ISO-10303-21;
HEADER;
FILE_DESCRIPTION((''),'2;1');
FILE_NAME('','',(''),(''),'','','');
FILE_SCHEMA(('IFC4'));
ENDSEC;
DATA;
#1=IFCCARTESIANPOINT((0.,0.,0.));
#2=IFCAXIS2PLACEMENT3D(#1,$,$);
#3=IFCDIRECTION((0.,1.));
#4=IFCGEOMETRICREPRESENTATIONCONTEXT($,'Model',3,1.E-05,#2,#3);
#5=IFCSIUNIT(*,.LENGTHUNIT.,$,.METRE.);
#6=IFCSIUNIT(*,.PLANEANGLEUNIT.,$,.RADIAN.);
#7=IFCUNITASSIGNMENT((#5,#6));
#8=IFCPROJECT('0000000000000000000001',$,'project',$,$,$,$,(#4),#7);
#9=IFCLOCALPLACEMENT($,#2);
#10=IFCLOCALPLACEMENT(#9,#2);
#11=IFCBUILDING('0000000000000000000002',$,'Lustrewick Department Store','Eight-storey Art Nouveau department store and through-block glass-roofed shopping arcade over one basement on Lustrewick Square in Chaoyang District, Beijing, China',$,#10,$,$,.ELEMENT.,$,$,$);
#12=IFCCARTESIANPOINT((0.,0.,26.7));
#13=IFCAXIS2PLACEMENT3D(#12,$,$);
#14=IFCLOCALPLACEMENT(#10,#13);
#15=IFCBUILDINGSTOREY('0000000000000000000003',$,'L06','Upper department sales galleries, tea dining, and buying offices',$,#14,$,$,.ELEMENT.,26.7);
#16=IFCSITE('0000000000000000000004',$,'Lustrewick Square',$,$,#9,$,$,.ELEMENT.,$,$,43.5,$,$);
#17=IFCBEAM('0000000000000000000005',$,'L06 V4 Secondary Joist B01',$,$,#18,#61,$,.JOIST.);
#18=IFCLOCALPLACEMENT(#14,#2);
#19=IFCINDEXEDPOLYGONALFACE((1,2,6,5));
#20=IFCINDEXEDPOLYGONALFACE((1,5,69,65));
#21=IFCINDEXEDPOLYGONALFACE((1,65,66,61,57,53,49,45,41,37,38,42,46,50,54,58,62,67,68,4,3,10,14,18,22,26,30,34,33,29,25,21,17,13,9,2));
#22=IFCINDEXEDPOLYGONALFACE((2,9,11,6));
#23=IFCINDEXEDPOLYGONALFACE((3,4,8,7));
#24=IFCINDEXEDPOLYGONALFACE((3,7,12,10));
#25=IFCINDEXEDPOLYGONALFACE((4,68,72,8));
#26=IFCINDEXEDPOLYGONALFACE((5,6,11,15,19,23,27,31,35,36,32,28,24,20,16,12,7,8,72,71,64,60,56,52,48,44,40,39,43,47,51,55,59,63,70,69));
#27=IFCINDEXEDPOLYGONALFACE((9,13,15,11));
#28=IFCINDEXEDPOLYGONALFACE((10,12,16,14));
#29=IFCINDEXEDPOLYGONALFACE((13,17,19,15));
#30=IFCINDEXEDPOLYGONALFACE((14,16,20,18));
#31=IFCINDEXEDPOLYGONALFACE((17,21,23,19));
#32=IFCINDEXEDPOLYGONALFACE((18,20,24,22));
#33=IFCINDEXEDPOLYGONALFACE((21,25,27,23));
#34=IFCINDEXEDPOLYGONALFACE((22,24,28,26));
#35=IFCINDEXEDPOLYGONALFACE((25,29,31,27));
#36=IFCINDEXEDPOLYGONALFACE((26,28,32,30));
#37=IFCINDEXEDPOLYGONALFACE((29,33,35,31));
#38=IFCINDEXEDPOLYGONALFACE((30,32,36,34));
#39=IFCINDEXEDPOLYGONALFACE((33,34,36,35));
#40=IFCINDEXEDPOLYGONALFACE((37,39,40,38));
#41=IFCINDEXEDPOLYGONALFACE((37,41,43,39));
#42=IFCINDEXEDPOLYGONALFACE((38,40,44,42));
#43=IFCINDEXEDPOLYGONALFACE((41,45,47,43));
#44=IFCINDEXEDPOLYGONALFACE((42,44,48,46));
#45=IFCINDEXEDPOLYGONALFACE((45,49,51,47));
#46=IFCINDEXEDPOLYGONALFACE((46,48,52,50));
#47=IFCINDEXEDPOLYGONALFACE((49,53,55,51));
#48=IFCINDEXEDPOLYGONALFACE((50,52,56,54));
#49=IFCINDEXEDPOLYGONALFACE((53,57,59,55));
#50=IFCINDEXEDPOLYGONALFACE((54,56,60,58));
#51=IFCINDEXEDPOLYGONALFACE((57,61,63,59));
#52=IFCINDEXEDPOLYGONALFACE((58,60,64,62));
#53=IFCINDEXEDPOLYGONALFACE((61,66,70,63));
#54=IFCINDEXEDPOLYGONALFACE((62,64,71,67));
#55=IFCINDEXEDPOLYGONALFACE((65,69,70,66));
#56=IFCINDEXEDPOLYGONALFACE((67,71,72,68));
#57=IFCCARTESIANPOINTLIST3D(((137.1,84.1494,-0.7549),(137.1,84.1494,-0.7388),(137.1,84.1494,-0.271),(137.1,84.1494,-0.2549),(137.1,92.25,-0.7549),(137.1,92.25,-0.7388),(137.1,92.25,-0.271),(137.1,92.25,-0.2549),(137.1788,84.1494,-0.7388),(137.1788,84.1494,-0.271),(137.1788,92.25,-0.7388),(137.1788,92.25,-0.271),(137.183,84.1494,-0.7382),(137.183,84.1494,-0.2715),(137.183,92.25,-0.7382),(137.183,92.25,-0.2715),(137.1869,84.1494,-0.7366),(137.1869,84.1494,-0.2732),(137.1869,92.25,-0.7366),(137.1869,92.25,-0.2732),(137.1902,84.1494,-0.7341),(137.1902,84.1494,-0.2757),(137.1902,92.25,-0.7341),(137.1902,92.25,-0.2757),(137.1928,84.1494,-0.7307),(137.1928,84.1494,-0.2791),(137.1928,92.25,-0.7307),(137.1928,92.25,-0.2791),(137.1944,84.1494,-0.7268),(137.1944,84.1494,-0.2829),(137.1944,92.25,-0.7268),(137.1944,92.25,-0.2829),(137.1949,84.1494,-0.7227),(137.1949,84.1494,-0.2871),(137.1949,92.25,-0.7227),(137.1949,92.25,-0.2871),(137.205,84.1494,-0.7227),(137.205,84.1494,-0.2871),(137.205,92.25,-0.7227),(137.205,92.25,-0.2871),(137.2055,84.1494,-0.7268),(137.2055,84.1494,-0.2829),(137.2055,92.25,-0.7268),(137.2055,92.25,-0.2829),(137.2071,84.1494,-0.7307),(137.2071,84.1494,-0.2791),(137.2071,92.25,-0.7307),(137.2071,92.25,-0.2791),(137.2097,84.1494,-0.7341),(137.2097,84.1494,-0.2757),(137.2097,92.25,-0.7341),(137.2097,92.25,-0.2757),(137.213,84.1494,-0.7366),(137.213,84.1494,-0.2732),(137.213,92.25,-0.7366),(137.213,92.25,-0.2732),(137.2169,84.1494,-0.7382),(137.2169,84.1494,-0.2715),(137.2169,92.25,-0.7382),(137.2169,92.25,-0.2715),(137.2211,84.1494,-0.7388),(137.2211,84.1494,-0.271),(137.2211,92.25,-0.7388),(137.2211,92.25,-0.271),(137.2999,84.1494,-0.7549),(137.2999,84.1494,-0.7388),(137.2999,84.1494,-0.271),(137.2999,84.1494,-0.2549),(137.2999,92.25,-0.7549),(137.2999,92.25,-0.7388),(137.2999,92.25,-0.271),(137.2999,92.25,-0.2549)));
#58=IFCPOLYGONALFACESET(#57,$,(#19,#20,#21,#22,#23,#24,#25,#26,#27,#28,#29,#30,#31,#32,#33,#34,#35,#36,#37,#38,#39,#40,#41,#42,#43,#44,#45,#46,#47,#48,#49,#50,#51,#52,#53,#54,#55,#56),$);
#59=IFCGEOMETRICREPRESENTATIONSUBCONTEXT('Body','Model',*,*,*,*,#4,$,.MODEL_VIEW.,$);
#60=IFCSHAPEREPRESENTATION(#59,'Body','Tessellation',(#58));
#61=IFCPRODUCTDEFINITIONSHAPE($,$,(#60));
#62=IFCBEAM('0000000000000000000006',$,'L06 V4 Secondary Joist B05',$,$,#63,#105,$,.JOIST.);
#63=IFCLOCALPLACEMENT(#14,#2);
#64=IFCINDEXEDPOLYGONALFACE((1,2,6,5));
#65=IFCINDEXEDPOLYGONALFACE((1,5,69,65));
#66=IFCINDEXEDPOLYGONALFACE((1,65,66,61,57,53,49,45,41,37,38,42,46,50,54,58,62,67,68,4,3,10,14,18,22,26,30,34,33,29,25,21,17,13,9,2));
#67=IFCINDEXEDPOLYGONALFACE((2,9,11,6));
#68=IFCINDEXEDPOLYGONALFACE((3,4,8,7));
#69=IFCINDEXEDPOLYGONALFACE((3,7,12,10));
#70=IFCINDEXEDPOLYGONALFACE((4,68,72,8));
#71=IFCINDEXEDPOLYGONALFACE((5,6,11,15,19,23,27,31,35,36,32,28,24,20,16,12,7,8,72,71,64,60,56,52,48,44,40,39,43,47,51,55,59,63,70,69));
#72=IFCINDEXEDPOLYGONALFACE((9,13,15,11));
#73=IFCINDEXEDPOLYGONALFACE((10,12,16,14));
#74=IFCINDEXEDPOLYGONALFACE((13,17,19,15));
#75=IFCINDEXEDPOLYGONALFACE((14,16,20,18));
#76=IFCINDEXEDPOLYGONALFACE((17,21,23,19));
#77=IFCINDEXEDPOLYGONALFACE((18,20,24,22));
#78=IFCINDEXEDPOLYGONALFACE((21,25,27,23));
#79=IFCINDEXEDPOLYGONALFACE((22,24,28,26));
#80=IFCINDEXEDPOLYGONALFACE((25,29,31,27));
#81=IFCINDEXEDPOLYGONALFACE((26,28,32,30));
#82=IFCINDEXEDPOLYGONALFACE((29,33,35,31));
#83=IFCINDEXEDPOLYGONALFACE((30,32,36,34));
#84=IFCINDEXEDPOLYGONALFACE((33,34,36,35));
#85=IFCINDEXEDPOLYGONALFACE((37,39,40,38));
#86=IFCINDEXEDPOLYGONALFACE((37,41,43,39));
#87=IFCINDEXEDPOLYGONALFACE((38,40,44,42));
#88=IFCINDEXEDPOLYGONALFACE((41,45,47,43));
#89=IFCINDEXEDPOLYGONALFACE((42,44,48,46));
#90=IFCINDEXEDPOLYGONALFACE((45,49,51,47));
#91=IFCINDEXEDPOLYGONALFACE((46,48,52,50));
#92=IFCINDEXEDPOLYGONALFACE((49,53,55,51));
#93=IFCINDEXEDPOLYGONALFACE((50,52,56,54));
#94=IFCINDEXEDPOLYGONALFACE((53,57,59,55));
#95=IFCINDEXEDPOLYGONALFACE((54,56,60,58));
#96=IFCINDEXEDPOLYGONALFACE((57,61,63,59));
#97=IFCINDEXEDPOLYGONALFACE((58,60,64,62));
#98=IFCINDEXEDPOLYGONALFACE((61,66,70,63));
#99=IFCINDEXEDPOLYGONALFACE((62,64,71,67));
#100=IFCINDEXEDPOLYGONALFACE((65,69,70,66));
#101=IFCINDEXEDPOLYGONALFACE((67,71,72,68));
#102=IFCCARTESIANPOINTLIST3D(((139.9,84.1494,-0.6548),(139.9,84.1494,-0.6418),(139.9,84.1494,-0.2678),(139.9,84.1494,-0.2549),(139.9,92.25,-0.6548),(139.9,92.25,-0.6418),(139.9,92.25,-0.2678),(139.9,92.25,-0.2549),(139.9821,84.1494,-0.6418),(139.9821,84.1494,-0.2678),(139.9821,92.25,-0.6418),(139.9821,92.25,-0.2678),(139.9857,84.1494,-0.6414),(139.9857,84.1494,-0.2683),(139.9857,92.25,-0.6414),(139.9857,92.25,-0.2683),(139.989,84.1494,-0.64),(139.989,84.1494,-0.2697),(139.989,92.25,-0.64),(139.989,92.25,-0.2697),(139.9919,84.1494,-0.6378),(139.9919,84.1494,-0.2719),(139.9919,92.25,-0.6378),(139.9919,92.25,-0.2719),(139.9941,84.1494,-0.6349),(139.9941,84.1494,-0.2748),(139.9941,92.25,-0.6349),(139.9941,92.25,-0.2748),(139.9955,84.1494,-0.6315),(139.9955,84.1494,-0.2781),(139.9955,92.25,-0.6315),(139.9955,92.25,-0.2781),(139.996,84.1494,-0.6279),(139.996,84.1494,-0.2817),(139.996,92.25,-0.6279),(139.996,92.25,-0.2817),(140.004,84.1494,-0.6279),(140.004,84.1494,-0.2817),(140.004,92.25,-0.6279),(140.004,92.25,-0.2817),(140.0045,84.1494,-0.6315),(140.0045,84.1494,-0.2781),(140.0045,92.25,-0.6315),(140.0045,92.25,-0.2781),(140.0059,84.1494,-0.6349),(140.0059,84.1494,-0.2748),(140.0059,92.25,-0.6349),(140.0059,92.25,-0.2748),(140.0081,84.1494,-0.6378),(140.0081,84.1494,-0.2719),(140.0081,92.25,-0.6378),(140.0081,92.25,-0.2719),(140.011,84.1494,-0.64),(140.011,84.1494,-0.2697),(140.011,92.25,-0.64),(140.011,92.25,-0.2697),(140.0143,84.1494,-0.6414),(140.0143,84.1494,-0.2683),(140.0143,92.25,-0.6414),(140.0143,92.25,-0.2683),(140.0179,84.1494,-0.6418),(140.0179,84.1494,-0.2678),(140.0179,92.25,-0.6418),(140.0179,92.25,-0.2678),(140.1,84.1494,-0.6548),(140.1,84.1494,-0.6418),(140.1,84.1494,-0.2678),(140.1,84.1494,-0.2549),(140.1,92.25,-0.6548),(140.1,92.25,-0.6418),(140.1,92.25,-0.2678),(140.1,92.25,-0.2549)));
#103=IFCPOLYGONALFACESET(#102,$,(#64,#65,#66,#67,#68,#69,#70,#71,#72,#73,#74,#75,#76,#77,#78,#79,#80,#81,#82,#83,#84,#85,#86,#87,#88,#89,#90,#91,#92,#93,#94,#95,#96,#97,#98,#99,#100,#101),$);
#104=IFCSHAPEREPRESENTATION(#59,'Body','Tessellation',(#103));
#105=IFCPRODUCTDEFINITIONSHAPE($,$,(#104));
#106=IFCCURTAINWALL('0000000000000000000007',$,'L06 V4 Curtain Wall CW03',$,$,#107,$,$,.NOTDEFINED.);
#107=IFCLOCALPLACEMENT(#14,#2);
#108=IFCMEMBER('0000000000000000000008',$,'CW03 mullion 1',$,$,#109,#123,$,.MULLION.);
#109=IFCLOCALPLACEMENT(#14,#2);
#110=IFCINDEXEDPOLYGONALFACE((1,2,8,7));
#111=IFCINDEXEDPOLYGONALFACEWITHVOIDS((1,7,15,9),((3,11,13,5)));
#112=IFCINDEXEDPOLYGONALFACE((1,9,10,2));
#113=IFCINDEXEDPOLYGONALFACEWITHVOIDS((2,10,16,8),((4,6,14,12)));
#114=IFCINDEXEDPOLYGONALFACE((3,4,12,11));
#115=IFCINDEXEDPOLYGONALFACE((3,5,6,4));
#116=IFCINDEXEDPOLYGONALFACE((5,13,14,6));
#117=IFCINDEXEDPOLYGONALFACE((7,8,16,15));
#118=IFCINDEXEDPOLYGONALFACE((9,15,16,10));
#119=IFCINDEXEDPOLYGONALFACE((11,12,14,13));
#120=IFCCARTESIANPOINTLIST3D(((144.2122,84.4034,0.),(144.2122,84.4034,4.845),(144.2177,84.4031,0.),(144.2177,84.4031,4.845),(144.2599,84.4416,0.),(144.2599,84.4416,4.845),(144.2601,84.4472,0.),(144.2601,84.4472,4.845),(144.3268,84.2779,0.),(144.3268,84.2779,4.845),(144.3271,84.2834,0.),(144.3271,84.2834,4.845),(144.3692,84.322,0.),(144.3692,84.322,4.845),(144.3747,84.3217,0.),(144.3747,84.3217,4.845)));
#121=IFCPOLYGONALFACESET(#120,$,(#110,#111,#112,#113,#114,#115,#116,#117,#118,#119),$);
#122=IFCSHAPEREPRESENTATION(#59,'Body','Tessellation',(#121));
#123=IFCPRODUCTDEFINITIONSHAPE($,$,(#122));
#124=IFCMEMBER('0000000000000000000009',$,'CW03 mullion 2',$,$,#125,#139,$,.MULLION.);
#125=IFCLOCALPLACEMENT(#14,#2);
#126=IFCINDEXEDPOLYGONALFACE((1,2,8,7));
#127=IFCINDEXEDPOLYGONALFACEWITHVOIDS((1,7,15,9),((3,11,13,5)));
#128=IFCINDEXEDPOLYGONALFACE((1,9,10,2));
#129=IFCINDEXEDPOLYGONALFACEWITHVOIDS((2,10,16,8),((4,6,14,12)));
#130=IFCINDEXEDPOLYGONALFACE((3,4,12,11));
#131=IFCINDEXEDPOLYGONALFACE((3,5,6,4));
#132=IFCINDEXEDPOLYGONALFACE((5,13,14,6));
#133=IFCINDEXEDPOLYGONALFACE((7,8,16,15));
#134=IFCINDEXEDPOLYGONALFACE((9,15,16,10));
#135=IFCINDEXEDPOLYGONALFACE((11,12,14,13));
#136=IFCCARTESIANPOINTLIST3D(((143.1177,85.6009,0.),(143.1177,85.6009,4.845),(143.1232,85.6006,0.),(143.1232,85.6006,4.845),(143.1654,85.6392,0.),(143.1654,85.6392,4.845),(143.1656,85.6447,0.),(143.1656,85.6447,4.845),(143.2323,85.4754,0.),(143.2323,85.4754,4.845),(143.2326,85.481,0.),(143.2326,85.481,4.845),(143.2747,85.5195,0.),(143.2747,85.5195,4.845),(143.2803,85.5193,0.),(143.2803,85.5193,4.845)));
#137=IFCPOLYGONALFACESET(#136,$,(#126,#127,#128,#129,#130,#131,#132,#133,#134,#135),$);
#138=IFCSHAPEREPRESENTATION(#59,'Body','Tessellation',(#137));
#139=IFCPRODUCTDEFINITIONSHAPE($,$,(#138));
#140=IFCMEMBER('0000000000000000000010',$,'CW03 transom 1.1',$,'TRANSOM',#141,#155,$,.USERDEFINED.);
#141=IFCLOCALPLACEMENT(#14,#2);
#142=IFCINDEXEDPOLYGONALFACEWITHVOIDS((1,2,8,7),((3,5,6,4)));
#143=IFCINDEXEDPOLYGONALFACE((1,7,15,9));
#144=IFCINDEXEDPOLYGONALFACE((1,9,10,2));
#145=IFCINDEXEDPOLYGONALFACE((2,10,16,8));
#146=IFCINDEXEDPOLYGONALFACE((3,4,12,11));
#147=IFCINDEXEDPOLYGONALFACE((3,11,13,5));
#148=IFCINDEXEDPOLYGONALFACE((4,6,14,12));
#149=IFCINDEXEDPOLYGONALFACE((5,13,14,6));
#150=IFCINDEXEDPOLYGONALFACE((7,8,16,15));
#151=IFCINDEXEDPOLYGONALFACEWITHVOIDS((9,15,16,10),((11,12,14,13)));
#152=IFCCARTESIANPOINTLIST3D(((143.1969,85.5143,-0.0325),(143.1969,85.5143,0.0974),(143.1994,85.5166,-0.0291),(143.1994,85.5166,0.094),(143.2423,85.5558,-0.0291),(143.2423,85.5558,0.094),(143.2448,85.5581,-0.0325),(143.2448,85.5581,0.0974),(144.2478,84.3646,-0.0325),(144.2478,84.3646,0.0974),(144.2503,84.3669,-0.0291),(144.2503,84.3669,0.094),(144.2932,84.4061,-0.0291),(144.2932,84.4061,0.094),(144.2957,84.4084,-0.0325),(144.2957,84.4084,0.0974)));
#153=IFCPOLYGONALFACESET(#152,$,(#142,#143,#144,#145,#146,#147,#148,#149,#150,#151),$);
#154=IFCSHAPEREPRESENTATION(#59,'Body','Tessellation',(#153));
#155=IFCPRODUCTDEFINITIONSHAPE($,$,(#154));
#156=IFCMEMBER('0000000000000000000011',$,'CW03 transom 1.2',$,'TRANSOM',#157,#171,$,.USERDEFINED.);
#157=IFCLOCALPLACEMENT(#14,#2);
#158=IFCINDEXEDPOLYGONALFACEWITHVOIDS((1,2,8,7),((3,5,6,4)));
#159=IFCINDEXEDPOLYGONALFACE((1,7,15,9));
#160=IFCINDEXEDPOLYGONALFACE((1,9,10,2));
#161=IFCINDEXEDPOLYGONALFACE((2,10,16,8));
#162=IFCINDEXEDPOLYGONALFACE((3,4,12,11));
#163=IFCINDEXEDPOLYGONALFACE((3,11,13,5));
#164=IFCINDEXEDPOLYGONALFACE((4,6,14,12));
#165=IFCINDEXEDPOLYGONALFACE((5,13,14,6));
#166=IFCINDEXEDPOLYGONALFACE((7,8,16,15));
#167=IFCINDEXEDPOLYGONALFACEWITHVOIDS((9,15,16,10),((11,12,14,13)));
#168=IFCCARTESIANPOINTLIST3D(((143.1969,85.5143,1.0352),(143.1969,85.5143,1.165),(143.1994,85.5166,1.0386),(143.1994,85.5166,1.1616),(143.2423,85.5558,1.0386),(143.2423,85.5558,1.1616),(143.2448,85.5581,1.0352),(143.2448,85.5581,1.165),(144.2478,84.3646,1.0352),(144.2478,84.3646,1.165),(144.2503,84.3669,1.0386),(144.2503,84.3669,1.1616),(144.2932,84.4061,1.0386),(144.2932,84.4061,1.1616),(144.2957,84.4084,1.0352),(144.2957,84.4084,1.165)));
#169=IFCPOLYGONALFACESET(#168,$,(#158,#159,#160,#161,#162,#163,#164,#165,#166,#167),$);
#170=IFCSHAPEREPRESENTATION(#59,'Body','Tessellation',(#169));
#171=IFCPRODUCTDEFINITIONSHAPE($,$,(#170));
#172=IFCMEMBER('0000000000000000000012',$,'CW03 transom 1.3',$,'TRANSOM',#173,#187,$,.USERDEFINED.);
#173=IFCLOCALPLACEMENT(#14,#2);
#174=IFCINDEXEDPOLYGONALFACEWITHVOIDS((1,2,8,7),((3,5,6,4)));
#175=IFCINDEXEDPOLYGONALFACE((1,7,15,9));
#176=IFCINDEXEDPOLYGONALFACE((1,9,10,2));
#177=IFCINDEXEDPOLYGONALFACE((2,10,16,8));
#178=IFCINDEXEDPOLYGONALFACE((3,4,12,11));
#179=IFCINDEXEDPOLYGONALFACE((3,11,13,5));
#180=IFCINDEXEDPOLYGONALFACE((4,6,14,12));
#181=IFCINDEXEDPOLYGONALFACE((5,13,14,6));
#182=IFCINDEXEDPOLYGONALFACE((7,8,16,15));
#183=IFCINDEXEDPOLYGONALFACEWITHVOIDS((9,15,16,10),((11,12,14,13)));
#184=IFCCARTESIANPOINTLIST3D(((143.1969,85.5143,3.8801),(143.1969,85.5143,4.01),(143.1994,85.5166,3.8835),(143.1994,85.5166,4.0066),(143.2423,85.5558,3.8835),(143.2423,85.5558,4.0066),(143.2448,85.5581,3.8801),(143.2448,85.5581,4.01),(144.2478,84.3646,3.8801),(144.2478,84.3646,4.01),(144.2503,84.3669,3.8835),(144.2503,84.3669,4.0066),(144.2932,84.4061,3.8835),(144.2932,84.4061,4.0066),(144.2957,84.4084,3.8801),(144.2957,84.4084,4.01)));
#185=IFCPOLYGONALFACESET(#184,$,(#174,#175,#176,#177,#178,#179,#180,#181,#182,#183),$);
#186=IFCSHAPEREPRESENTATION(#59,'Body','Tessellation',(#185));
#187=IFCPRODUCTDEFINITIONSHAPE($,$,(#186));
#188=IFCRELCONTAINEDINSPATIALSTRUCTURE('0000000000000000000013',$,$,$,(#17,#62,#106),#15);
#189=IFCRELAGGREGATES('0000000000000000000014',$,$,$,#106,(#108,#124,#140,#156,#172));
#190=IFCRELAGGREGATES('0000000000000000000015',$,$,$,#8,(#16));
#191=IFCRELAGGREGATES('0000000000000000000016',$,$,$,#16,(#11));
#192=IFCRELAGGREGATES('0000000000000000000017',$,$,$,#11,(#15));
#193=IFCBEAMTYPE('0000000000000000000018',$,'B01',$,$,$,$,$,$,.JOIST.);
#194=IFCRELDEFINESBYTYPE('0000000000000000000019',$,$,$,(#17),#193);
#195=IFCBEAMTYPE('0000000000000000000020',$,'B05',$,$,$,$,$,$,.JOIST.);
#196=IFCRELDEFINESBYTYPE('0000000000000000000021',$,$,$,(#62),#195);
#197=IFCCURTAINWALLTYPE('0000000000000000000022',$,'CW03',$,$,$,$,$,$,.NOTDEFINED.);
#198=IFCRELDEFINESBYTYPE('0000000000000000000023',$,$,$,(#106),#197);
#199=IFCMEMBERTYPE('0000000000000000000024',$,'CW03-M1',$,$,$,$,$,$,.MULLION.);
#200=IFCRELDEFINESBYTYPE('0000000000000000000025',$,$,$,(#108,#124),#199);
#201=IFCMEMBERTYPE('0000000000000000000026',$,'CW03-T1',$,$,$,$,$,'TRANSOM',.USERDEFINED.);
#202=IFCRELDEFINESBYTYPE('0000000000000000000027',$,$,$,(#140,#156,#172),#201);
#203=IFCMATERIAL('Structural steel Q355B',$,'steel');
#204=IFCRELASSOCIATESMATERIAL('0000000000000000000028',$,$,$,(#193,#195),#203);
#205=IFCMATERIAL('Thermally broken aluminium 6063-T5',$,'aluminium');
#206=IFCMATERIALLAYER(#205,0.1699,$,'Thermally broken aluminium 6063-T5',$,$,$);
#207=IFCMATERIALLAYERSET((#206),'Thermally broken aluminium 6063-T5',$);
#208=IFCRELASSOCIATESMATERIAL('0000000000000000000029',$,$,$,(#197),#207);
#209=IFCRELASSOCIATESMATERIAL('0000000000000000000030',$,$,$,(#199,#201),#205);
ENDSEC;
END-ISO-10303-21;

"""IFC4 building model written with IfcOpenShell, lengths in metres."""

from ifc_helpers import new_model, si_unit, direction, frame, origin, origin_2d, place, context, subcontext, project, spatial, hollow_rectangle, i_section, extrude, material, layer, layer_set, material_profile, profile_set, type_object, element, aggregate, save


model = new_model("IFC4")

# Units and contexts
model_context = context("Model", 3, precision=1e-05, world=origin(), true_north=direction((0.0, 1.0)))
body_context = subcontext(model_context, "Body", "Model", "MODEL_VIEW")
ifc_project = project(units=[si_unit("LENGTHUNIT", "METRE"), si_unit("PLANEANGLEUNIT", "RADIAN")], contexts=[model_context])

# Site, building, storey
site_placement = place(None, origin())
site = spatial("IfcSite", under=ifc_project, at=site_placement, Name="Lustrewick Square", CompositionType="ELEMENT", RefElevation=43.5)
building_placement = place(site_placement, origin())
building = spatial("IfcBuilding", under=site, at=building_placement, Name="Lustrewick Department Store", Description="Eight-storey Art Nouveau department store and through-block glass-roofed shopping arcade over one basement on Lustrewick Square in Chaoyang District, Beijing, China", CompositionType="ELEMENT")
storey_placement = place(building_placement, frame((0.0, 0.0, 26.7)))
storey = spatial("IfcBuildingStorey", under=building, at=storey_placement, Name="L06", Description="Upper department sales galleries, tea dining, and buying offices", CompositionType="ELEMENT", Elevation=26.7)

# Beams
ifc_material_1 = material(Name="Structural steel Q355B", Category="steel")
ifc_material_profile_1 = material_profile(ifc_material_1, i_section(OverallWidth=0.2, OverallDepth=0.5, WebThickness=0.01, FlangeThickness=0.0161, FilletRadius=0.0161, at=origin_2d()), Name="HN 500x200x10x16")
ifc_profile_set_1 = profile_set([ifc_material_profile_1], Name="Structural steel Q355B")
beam_type_1 = type_object("IfcBeamType", Name="B01", PredefinedType="JOIST", material=ifc_profile_set_1)
beam_1_placement = place(storey_placement, frame((137.2, 84.1494, -0.5049), z_axis=(0.0, 1.0, 0.0), x_axis=(-1.0, 0.0, 0.0)))
element("IfcBeam", 1, at=beam_1_placement, inside=storey, type_object=beam_type_1, Name="L06 V4 Secondary Joist B01", PredefinedType="JOIST", context=body_context, shape_type="SweptSolid", body=[
    extrude(i_section(OverallWidth=0.2, OverallDepth=0.5, WebThickness=0.01, FlangeThickness=0.0161, FilletRadius=0.0161, at=origin_2d()), origin(), (0.0, 0.0, 1.0), 8.1006),
])
ifc_material_profile_2 = material_profile(ifc_material_1, i_section(OverallWidth=0.2, OverallDepth=0.3999, WebThickness=0.0081, FlangeThickness=0.0129, FilletRadius=0.0139, at=origin_2d()), Name="HN 400x200x8x13")
ifc_profile_set_2 = profile_set([ifc_material_profile_2], Name="Structural steel Q355B")
beam_type_2 = type_object("IfcBeamType", Name="B05", PredefinedType="JOIST", material=ifc_profile_set_2)
beam_2_placement = place(storey_placement, frame((140.0, 84.1494, -0.4548), z_axis=(0.0, 1.0, 0.0), x_axis=(-1.0, 0.0, 0.0)))
element("IfcBeam", 2, at=beam_2_placement, inside=storey, type_object=beam_type_2, Name="L06 V4 Secondary Joist B05", PredefinedType="JOIST", context=body_context, shape_type="SweptSolid", body=[
    extrude(i_section(OverallWidth=0.2, OverallDepth=0.3999, WebThickness=0.0081, FlangeThickness=0.0129, FilletRadius=0.0139, at=origin_2d()), origin(), (0.0, 0.0, 1.0), 8.1006),
])

# Curtain wall, members
ifc_material_2 = material(Name="Thermally broken aluminium 6063-T5", Category="aluminium")
ifc_layer_1 = layer(ifc_material_2, 0.1699, Name="Thermally broken aluminium 6063-T5")
ifc_layer_set_1 = layer_set([ifc_layer_1], Name="Thermally broken aluminium 6063-T5")
curtain_wall_type_1 = type_object("IfcCurtainWallType", Name="CW03", PredefinedType="NOTDEFINED", material=ifc_layer_set_1)
curtain_wall_1_placement = place(storey_placement, origin())
curtain_wall_1 = element("IfcCurtainWall", 3, at=curtain_wall_1_placement, inside=storey, type_object=curtain_wall_type_1, Name="L06 V4 Curtain Wall CW03", PredefinedType="NOTDEFINED")
ifc_material_profile_3 = material_profile(ifc_material_2, hollow_rectangle(XDim=0.0649, YDim=0.1699, WallThickness=0.0039, at=origin_2d()), Name="ALU-M 65x170x4")
ifc_profile_set_3 = profile_set([ifc_material_profile_3], Name="Thermally broken aluminium 6063-T5")
member_type_1 = type_object("IfcMemberType", Name="CW03-M1", PredefinedType="MULLION", material=ifc_profile_set_3)
member_1_placement = place(storey_placement, frame((144.2935, 84.3625, 0.0), z_axis=(0.0, 0.0, 1.0), x_axis=(-0.73813, -0.674659, 0.0)))
member_1 = element("IfcMember", 4, at=member_1_placement, type_object=member_type_1, Name="CW03 mullion 1", PredefinedType="MULLION", context=body_context, shape_type="SweptSolid", body=[
    extrude(hollow_rectangle(XDim=0.0649, YDim=0.1699, WallThickness=0.0039, at=origin_2d()), origin(), (0.0, 0.0, 1.0), 4.845),
])
member_2_placement = place(storey_placement, frame((143.199, 85.5601, 0.0), z_axis=(0.0, 0.0, 1.0), x_axis=(-0.73813, -0.674659, 0.0)))
member_2 = element("IfcMember", 5, at=member_2_placement, type_object=member_type_1, Name="CW03 mullion 2", PredefinedType="MULLION", context=body_context, shape_type="SweptSolid", body=[
    extrude(hollow_rectangle(XDim=0.0649, YDim=0.1699, WallThickness=0.0039, at=origin_2d()), origin(), (0.0, 0.0, 1.0), 4.845),
])
ifc_material_profile_4 = material_profile(ifc_material_2, hollow_rectangle(XDim=0.0649, YDim=0.1299, WallThickness=0.0034, at=origin_2d()), Name="ALU-T 65x130x3.5")
ifc_profile_set_4 = profile_set([ifc_material_profile_4], Name="Thermally broken aluminium 6063-T5")
member_type_2 = type_object("IfcMemberType", Name="CW03-T1", ElementType="TRANSOM", PredefinedType="USERDEFINED", material=ifc_profile_set_4)
member_3_placement = place(storey_placement, frame((144.2717, 84.3865, 0.0325), z_axis=(-0.674652, 0.738136, 0.0), x_axis=(-0.738136, -0.674652, 0.0)))
member_3 = element("IfcMember", 6, at=member_3_placement, type_object=member_type_2, Name="CW03 transom 1.1", ObjectType="TRANSOM", PredefinedType="USERDEFINED", context=body_context, shape_type="SweptSolid", body=[
    extrude(hollow_rectangle(XDim=0.0649, YDim=0.1299, WallThickness=0.0034, at=origin_2d()), origin(), (0.0, 0.0, 1.0), 1.5576),
])
member_4_placement = place(storey_placement, frame((144.2717, 84.3865, 1.1001), z_axis=(-0.674652, 0.738136, 0.0), x_axis=(-0.738136, -0.674652, 0.0)))
member_4 = element("IfcMember", 7, at=member_4_placement, type_object=member_type_2, Name="CW03 transom 1.2", ObjectType="TRANSOM", PredefinedType="USERDEFINED", context=body_context, shape_type="SweptSolid", body=[
    extrude(hollow_rectangle(XDim=0.0649, YDim=0.1299, WallThickness=0.0034, at=origin_2d()), origin(), (0.0, 0.0, 1.0), 1.5576),
])
member_5_placement = place(storey_placement, frame((144.2717, 84.3865, 3.9451), z_axis=(-0.674652, 0.738136, 0.0), x_axis=(-0.738136, -0.674652, 0.0)))
member_5 = element("IfcMember", 8, at=member_5_placement, type_object=member_type_2, Name="CW03 transom 1.3", ObjectType="TRANSOM", PredefinedType="USERDEFINED", context=body_context, shape_type="SweptSolid", body=[
    extrude(hollow_rectangle(XDim=0.0649, YDim=0.1299, WallThickness=0.0034, at=origin_2d()), origin(), (0.0, 0.0, 1.0), 1.5576),
])

aggregate(curtain_wall_1, [member_1, member_2, member_3, member_4, member_5])

save(model, "model.ifc")
